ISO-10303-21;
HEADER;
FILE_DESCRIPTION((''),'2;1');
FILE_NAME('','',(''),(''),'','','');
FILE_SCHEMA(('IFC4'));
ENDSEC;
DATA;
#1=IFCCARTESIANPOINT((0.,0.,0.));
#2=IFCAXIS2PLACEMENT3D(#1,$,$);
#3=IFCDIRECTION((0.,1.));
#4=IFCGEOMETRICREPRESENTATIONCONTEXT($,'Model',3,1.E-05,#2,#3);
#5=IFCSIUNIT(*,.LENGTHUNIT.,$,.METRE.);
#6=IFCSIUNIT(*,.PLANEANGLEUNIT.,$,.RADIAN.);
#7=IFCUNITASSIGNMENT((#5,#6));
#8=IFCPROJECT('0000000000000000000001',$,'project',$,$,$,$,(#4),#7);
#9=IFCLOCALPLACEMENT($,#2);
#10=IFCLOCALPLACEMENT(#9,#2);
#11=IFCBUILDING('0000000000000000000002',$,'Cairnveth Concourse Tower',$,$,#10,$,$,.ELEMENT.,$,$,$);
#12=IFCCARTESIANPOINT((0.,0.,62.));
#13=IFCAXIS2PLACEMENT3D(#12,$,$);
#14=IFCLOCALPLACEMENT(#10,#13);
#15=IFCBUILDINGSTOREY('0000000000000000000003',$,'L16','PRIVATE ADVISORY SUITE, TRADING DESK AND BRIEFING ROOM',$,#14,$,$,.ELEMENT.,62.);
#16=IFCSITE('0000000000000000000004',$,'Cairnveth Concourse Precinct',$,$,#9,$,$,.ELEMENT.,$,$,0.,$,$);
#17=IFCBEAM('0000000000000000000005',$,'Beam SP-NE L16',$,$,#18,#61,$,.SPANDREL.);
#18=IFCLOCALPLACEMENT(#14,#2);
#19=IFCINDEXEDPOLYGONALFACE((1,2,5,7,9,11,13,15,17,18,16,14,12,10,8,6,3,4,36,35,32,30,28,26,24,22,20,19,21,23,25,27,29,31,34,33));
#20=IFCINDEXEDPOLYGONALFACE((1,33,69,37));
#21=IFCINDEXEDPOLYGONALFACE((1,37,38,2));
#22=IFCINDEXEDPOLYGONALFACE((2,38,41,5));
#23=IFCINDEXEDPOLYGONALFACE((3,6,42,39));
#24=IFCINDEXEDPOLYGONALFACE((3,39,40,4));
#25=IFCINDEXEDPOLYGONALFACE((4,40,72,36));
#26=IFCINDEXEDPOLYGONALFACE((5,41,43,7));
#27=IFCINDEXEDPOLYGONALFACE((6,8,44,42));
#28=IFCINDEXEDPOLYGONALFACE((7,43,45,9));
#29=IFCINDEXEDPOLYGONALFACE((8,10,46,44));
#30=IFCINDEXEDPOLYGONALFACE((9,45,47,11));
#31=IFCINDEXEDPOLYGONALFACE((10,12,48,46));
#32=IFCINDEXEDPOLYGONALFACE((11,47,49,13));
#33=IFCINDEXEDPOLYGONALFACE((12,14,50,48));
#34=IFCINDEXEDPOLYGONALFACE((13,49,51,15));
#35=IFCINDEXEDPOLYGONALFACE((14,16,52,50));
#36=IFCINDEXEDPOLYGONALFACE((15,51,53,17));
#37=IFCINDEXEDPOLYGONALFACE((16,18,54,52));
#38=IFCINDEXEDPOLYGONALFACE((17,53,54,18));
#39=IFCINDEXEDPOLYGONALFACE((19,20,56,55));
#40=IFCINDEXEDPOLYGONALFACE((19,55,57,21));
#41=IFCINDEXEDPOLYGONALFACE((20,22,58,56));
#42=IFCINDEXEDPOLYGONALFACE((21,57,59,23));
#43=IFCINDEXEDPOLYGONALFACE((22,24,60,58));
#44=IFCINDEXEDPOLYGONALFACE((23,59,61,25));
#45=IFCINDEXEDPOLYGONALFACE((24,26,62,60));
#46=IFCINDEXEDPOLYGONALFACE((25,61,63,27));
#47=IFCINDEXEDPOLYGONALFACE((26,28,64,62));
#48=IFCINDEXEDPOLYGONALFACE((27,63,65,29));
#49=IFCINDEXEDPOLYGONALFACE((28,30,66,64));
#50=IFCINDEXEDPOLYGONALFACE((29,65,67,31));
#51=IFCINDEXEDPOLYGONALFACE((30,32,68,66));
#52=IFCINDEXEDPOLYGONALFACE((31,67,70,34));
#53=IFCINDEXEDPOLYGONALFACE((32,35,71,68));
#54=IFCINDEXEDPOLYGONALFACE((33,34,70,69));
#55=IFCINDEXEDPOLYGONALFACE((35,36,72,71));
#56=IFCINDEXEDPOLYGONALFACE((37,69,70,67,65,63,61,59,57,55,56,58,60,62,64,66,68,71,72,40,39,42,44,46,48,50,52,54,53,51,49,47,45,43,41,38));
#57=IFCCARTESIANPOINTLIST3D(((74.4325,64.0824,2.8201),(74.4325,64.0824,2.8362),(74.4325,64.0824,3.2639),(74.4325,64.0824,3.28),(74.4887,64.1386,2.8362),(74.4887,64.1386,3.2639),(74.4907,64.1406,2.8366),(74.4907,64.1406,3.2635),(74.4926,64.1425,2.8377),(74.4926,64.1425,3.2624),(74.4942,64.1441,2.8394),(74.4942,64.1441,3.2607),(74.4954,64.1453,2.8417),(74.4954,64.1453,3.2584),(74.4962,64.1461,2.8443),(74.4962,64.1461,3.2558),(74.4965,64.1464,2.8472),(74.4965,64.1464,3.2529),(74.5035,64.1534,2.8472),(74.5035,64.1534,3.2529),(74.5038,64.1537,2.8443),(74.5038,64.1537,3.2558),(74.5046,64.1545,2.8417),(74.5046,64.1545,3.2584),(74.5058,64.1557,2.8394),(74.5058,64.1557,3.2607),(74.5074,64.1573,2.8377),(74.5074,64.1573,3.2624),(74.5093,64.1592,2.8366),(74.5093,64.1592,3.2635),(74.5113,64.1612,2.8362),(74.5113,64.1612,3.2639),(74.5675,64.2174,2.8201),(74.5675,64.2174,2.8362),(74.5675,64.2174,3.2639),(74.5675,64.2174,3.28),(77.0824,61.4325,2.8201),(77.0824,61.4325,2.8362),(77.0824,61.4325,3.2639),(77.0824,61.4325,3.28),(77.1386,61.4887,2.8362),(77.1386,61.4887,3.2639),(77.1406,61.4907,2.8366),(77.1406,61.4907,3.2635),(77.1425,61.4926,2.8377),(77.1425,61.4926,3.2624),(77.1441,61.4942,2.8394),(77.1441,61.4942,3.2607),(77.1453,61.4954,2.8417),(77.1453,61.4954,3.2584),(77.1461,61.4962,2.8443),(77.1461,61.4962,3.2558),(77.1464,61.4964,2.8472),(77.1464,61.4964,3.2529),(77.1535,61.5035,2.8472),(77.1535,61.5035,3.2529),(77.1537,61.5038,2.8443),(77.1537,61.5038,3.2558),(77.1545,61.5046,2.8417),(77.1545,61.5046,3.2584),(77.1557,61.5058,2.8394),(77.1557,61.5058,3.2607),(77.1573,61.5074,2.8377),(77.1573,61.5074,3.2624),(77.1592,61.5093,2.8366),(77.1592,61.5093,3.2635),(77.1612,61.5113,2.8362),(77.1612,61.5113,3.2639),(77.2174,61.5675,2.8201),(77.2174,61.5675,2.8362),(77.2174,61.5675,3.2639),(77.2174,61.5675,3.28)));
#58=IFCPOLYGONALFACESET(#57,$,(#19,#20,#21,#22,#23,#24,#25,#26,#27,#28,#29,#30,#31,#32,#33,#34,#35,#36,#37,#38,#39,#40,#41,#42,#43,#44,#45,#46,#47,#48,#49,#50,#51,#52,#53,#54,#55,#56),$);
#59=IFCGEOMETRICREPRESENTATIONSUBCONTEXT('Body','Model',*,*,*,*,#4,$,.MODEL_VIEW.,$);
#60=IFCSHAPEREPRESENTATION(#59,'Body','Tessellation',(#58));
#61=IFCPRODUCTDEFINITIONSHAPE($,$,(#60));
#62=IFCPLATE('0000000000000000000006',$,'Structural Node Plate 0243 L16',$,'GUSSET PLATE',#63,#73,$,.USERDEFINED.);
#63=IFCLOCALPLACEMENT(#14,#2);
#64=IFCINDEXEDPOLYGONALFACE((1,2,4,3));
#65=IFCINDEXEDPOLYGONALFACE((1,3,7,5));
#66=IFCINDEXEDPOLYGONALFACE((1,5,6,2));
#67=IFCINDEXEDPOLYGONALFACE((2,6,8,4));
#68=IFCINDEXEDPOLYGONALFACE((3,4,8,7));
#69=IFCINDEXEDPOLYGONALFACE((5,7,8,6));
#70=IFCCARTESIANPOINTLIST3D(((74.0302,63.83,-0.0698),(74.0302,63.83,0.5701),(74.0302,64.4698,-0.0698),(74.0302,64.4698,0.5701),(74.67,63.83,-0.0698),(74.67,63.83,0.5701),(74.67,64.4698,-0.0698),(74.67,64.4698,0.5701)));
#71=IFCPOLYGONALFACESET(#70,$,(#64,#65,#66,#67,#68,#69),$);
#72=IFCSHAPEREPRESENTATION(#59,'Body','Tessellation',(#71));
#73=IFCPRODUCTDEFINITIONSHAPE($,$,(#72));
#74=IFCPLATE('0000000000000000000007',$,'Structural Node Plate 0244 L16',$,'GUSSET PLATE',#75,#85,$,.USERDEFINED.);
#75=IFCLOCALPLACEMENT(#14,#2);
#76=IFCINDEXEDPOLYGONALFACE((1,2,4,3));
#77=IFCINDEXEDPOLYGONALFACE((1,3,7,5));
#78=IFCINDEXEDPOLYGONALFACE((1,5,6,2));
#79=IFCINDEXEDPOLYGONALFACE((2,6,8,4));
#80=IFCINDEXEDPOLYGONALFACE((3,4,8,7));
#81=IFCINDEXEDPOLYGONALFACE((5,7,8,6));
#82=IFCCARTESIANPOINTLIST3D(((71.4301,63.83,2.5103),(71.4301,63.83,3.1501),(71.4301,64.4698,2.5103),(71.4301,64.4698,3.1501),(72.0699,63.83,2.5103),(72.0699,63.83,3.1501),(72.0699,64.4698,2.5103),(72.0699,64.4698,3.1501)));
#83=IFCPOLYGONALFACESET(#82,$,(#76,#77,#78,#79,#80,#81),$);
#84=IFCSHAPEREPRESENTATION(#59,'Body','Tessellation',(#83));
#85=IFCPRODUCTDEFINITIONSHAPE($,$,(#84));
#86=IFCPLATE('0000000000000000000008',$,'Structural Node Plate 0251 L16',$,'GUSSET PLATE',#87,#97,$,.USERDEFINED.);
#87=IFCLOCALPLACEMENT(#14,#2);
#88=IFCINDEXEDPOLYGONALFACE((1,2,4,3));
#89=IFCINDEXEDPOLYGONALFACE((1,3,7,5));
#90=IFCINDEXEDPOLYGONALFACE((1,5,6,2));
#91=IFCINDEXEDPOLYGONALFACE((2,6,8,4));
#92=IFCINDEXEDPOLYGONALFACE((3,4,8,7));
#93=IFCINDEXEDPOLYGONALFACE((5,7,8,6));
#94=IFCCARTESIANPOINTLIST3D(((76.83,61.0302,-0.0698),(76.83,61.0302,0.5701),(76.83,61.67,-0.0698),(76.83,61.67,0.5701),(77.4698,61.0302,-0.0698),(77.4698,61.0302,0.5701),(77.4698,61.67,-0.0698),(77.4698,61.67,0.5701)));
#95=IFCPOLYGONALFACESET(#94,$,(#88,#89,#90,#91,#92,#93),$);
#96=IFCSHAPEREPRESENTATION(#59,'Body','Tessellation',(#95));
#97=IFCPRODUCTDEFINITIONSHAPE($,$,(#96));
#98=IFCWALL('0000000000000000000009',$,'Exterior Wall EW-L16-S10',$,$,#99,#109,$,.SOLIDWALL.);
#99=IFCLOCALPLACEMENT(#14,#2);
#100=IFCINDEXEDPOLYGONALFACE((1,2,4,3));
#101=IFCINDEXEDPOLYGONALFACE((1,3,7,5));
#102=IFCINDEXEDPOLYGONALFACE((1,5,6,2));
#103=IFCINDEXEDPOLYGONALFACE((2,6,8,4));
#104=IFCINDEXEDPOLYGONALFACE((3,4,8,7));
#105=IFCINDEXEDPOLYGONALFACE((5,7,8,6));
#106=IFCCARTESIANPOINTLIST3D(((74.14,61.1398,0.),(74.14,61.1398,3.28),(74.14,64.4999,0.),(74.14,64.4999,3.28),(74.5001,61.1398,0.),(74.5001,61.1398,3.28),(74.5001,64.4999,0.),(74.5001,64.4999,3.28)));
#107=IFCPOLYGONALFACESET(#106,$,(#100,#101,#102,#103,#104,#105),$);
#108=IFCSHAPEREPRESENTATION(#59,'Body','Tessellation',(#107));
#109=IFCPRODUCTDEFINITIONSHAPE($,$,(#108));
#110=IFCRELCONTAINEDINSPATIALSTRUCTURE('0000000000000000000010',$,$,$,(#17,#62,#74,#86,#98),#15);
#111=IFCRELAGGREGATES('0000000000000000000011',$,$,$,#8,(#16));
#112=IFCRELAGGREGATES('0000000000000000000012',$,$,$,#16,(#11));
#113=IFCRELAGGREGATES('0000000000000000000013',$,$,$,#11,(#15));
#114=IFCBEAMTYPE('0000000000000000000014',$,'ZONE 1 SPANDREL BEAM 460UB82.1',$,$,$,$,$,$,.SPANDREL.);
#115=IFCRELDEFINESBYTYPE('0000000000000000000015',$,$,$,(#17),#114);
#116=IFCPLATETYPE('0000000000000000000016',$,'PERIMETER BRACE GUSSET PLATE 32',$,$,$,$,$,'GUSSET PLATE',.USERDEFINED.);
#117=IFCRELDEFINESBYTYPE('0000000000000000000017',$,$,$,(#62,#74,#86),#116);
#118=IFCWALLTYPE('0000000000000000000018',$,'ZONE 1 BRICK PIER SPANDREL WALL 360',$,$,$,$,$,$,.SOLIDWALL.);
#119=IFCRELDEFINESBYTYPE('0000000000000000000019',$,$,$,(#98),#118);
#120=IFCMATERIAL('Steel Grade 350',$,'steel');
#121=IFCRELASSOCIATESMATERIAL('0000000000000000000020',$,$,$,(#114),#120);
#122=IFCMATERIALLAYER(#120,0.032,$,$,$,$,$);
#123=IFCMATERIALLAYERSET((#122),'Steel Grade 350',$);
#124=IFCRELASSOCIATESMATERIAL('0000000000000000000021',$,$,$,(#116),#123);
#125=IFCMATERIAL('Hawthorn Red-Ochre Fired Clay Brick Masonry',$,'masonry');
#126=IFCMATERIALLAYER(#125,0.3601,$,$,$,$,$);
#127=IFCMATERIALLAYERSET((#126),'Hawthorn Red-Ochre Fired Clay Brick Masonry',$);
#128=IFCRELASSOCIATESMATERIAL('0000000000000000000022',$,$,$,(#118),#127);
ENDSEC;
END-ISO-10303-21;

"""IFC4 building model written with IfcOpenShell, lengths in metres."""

from ifc_helpers import new_model, si_unit, direction, frame, frame_2d, origin, origin_2d, place, context, subcontext, project, spatial, rectangle, i_section, extrude, material, layer, layer_set, material_profile, profile_set, type_object, element, save


model = new_model("IFC4")

# Units and contexts
model_context = context("Model", 3, precision=1e-05, world=origin(), true_north=direction((0.0, 1.0)))
body_context = subcontext(model_context, "Body", "Model", "MODEL_VIEW")
ifc_project = project(units=[si_unit("LENGTHUNIT", "METRE"), si_unit("PLANEANGLEUNIT", "RADIAN")], contexts=[model_context])

# Site, building, storey
site_placement = place(None, origin())
site = spatial("IfcSite", under=ifc_project, at=site_placement, Name="Cairnveth Concourse Precinct", CompositionType="ELEMENT", RefElevation=0.0)
building_placement = place(site_placement, origin())
building = spatial("IfcBuilding", under=site, at=building_placement, Name="Cairnveth Concourse Tower", CompositionType="ELEMENT")
storey_placement = place(building_placement, frame((0.0, 0.0, 62.0)))
storey = spatial("IfcBuildingStorey", under=building, at=storey_placement, Name="L16", Description="PRIVATE ADVISORY SUITE, TRADING DESK AND BRIEFING ROOM", CompositionType="ELEMENT", Elevation=62.0)

# Shared definitions
ifc_material_1 = material(Name="Steel Grade 350", Category="steel")

# Beam
ifc_material_profile_1 = material_profile(ifc_material_1, i_section(OverallWidth=0.1909, OverallDepth=0.46, WebThickness=0.01, FlangeThickness=0.0161, FilletRadius=0.011, at=origin_2d()), Name="460UB82.1")
ifc_profile_set_1 = profile_set([ifc_material_profile_1], Name="Steel Grade 350")
beam_type_1 = type_object("IfcBeamType", Name="ZONE 1 SPANDREL BEAM 460UB82.1", PredefinedType="SPANDREL", material=ifc_profile_set_1)
beam_1_placement = place(storey_placement, frame((74.5, 64.1499, 3.05), z_axis=(0.707107, -0.707107, 0.0), x_axis=(0.707107, 0.707107, 0.0)))
element("IfcBeam", 1, at=beam_1_placement, inside=storey, type_object=beam_type_1, Name="Beam SP-NE L16", PredefinedType="SPANDREL", context=body_context, shape_type="SweptSolid", body=[
    extrude(i_section(OverallWidth=0.1909, OverallDepth=0.46, WebThickness=0.01, FlangeThickness=0.0161, FilletRadius=0.011, at=origin_2d()), origin(), (0.0, 0.0, 1.0), 3.7476),
])

# Plates
ifc_layer_1 = layer(ifc_material_1, 0.032)
ifc_layer_set_1 = layer_set([ifc_layer_1], Name="Steel Grade 350")
plate_type = type_object("IfcPlateType", Name="PERIMETER BRACE GUSSET PLATE 32", ElementType="GUSSET PLATE", PredefinedType="USERDEFINED", material=ifc_layer_set_1)
for number, where, z_axis, x_axis, name in (
    (2, (74.3501, 64.1499, -0.0698), (0.0, 0.0, 1.0), (1.0, 0.0, 0.0), "Structural Node Plate 0243 L16"),
    (3, (71.75, 64.1499, 2.5103), (0.0, 0.0, 1.0), (1.0, 0.0, 0.0), "Structural Node Plate 0244 L16"),
    (4, (77.1499, 61.3501, -0.0698), (0.0, 0.0, 1.0), (1.0, 0.0, 0.0), "Structural Node Plate 0251 L16"),
):
    element("IfcPlate", number, at=place(storey_placement, frame(where, z_axis=z_axis, x_axis=x_axis)), inside=storey, type_object=plate_type, Name=name, ObjectType="GUSSET PLATE", PredefinedType="USERDEFINED", context=body_context, shape_type="SweptSolid", body=[
        extrude(rectangle(XDim=0.6399, YDim=0.6399, at=origin_2d()), origin(), (0.0, 0.0, 1.0), 0.6399),
    ])

# Wall
ifc_material_2 = material(Name="Hawthorn Red-Ochre Fired Clay Brick Masonry", Category="masonry")
ifc_layer_2 = layer(ifc_material_2, 0.3601)
ifc_layer_set_2 = layer_set([ifc_layer_2], Name="Hawthorn Red-Ochre Fired Clay Brick Masonry")
wall_type = type_object("IfcWallType", Name="ZONE 1 BRICK PIER SPANDREL WALL 360", PredefinedType="SOLIDWALL", material=ifc_layer_set_2)
wall_1_placement = place(storey_placement, frame((74.3201, 64.5, 0.0), z_axis=(0.0, 0.0, 1.0), x_axis=(0.0, -1.0, 0.0)))
element("IfcWall", 5, at=wall_1_placement, inside=storey, type_object=wall_type, Name="Exterior Wall EW-L16-S10", PredefinedType="SOLIDWALL", context=body_context, shape_type="SweptSolid", body=[
    extrude(rectangle(XDim=3.3601, YDim=0.3601, at=frame_2d((1.6802, 0.0))), origin(), (0.0, 0.0, 1.0), 3.28),
])

save(model, "model.ifc")
